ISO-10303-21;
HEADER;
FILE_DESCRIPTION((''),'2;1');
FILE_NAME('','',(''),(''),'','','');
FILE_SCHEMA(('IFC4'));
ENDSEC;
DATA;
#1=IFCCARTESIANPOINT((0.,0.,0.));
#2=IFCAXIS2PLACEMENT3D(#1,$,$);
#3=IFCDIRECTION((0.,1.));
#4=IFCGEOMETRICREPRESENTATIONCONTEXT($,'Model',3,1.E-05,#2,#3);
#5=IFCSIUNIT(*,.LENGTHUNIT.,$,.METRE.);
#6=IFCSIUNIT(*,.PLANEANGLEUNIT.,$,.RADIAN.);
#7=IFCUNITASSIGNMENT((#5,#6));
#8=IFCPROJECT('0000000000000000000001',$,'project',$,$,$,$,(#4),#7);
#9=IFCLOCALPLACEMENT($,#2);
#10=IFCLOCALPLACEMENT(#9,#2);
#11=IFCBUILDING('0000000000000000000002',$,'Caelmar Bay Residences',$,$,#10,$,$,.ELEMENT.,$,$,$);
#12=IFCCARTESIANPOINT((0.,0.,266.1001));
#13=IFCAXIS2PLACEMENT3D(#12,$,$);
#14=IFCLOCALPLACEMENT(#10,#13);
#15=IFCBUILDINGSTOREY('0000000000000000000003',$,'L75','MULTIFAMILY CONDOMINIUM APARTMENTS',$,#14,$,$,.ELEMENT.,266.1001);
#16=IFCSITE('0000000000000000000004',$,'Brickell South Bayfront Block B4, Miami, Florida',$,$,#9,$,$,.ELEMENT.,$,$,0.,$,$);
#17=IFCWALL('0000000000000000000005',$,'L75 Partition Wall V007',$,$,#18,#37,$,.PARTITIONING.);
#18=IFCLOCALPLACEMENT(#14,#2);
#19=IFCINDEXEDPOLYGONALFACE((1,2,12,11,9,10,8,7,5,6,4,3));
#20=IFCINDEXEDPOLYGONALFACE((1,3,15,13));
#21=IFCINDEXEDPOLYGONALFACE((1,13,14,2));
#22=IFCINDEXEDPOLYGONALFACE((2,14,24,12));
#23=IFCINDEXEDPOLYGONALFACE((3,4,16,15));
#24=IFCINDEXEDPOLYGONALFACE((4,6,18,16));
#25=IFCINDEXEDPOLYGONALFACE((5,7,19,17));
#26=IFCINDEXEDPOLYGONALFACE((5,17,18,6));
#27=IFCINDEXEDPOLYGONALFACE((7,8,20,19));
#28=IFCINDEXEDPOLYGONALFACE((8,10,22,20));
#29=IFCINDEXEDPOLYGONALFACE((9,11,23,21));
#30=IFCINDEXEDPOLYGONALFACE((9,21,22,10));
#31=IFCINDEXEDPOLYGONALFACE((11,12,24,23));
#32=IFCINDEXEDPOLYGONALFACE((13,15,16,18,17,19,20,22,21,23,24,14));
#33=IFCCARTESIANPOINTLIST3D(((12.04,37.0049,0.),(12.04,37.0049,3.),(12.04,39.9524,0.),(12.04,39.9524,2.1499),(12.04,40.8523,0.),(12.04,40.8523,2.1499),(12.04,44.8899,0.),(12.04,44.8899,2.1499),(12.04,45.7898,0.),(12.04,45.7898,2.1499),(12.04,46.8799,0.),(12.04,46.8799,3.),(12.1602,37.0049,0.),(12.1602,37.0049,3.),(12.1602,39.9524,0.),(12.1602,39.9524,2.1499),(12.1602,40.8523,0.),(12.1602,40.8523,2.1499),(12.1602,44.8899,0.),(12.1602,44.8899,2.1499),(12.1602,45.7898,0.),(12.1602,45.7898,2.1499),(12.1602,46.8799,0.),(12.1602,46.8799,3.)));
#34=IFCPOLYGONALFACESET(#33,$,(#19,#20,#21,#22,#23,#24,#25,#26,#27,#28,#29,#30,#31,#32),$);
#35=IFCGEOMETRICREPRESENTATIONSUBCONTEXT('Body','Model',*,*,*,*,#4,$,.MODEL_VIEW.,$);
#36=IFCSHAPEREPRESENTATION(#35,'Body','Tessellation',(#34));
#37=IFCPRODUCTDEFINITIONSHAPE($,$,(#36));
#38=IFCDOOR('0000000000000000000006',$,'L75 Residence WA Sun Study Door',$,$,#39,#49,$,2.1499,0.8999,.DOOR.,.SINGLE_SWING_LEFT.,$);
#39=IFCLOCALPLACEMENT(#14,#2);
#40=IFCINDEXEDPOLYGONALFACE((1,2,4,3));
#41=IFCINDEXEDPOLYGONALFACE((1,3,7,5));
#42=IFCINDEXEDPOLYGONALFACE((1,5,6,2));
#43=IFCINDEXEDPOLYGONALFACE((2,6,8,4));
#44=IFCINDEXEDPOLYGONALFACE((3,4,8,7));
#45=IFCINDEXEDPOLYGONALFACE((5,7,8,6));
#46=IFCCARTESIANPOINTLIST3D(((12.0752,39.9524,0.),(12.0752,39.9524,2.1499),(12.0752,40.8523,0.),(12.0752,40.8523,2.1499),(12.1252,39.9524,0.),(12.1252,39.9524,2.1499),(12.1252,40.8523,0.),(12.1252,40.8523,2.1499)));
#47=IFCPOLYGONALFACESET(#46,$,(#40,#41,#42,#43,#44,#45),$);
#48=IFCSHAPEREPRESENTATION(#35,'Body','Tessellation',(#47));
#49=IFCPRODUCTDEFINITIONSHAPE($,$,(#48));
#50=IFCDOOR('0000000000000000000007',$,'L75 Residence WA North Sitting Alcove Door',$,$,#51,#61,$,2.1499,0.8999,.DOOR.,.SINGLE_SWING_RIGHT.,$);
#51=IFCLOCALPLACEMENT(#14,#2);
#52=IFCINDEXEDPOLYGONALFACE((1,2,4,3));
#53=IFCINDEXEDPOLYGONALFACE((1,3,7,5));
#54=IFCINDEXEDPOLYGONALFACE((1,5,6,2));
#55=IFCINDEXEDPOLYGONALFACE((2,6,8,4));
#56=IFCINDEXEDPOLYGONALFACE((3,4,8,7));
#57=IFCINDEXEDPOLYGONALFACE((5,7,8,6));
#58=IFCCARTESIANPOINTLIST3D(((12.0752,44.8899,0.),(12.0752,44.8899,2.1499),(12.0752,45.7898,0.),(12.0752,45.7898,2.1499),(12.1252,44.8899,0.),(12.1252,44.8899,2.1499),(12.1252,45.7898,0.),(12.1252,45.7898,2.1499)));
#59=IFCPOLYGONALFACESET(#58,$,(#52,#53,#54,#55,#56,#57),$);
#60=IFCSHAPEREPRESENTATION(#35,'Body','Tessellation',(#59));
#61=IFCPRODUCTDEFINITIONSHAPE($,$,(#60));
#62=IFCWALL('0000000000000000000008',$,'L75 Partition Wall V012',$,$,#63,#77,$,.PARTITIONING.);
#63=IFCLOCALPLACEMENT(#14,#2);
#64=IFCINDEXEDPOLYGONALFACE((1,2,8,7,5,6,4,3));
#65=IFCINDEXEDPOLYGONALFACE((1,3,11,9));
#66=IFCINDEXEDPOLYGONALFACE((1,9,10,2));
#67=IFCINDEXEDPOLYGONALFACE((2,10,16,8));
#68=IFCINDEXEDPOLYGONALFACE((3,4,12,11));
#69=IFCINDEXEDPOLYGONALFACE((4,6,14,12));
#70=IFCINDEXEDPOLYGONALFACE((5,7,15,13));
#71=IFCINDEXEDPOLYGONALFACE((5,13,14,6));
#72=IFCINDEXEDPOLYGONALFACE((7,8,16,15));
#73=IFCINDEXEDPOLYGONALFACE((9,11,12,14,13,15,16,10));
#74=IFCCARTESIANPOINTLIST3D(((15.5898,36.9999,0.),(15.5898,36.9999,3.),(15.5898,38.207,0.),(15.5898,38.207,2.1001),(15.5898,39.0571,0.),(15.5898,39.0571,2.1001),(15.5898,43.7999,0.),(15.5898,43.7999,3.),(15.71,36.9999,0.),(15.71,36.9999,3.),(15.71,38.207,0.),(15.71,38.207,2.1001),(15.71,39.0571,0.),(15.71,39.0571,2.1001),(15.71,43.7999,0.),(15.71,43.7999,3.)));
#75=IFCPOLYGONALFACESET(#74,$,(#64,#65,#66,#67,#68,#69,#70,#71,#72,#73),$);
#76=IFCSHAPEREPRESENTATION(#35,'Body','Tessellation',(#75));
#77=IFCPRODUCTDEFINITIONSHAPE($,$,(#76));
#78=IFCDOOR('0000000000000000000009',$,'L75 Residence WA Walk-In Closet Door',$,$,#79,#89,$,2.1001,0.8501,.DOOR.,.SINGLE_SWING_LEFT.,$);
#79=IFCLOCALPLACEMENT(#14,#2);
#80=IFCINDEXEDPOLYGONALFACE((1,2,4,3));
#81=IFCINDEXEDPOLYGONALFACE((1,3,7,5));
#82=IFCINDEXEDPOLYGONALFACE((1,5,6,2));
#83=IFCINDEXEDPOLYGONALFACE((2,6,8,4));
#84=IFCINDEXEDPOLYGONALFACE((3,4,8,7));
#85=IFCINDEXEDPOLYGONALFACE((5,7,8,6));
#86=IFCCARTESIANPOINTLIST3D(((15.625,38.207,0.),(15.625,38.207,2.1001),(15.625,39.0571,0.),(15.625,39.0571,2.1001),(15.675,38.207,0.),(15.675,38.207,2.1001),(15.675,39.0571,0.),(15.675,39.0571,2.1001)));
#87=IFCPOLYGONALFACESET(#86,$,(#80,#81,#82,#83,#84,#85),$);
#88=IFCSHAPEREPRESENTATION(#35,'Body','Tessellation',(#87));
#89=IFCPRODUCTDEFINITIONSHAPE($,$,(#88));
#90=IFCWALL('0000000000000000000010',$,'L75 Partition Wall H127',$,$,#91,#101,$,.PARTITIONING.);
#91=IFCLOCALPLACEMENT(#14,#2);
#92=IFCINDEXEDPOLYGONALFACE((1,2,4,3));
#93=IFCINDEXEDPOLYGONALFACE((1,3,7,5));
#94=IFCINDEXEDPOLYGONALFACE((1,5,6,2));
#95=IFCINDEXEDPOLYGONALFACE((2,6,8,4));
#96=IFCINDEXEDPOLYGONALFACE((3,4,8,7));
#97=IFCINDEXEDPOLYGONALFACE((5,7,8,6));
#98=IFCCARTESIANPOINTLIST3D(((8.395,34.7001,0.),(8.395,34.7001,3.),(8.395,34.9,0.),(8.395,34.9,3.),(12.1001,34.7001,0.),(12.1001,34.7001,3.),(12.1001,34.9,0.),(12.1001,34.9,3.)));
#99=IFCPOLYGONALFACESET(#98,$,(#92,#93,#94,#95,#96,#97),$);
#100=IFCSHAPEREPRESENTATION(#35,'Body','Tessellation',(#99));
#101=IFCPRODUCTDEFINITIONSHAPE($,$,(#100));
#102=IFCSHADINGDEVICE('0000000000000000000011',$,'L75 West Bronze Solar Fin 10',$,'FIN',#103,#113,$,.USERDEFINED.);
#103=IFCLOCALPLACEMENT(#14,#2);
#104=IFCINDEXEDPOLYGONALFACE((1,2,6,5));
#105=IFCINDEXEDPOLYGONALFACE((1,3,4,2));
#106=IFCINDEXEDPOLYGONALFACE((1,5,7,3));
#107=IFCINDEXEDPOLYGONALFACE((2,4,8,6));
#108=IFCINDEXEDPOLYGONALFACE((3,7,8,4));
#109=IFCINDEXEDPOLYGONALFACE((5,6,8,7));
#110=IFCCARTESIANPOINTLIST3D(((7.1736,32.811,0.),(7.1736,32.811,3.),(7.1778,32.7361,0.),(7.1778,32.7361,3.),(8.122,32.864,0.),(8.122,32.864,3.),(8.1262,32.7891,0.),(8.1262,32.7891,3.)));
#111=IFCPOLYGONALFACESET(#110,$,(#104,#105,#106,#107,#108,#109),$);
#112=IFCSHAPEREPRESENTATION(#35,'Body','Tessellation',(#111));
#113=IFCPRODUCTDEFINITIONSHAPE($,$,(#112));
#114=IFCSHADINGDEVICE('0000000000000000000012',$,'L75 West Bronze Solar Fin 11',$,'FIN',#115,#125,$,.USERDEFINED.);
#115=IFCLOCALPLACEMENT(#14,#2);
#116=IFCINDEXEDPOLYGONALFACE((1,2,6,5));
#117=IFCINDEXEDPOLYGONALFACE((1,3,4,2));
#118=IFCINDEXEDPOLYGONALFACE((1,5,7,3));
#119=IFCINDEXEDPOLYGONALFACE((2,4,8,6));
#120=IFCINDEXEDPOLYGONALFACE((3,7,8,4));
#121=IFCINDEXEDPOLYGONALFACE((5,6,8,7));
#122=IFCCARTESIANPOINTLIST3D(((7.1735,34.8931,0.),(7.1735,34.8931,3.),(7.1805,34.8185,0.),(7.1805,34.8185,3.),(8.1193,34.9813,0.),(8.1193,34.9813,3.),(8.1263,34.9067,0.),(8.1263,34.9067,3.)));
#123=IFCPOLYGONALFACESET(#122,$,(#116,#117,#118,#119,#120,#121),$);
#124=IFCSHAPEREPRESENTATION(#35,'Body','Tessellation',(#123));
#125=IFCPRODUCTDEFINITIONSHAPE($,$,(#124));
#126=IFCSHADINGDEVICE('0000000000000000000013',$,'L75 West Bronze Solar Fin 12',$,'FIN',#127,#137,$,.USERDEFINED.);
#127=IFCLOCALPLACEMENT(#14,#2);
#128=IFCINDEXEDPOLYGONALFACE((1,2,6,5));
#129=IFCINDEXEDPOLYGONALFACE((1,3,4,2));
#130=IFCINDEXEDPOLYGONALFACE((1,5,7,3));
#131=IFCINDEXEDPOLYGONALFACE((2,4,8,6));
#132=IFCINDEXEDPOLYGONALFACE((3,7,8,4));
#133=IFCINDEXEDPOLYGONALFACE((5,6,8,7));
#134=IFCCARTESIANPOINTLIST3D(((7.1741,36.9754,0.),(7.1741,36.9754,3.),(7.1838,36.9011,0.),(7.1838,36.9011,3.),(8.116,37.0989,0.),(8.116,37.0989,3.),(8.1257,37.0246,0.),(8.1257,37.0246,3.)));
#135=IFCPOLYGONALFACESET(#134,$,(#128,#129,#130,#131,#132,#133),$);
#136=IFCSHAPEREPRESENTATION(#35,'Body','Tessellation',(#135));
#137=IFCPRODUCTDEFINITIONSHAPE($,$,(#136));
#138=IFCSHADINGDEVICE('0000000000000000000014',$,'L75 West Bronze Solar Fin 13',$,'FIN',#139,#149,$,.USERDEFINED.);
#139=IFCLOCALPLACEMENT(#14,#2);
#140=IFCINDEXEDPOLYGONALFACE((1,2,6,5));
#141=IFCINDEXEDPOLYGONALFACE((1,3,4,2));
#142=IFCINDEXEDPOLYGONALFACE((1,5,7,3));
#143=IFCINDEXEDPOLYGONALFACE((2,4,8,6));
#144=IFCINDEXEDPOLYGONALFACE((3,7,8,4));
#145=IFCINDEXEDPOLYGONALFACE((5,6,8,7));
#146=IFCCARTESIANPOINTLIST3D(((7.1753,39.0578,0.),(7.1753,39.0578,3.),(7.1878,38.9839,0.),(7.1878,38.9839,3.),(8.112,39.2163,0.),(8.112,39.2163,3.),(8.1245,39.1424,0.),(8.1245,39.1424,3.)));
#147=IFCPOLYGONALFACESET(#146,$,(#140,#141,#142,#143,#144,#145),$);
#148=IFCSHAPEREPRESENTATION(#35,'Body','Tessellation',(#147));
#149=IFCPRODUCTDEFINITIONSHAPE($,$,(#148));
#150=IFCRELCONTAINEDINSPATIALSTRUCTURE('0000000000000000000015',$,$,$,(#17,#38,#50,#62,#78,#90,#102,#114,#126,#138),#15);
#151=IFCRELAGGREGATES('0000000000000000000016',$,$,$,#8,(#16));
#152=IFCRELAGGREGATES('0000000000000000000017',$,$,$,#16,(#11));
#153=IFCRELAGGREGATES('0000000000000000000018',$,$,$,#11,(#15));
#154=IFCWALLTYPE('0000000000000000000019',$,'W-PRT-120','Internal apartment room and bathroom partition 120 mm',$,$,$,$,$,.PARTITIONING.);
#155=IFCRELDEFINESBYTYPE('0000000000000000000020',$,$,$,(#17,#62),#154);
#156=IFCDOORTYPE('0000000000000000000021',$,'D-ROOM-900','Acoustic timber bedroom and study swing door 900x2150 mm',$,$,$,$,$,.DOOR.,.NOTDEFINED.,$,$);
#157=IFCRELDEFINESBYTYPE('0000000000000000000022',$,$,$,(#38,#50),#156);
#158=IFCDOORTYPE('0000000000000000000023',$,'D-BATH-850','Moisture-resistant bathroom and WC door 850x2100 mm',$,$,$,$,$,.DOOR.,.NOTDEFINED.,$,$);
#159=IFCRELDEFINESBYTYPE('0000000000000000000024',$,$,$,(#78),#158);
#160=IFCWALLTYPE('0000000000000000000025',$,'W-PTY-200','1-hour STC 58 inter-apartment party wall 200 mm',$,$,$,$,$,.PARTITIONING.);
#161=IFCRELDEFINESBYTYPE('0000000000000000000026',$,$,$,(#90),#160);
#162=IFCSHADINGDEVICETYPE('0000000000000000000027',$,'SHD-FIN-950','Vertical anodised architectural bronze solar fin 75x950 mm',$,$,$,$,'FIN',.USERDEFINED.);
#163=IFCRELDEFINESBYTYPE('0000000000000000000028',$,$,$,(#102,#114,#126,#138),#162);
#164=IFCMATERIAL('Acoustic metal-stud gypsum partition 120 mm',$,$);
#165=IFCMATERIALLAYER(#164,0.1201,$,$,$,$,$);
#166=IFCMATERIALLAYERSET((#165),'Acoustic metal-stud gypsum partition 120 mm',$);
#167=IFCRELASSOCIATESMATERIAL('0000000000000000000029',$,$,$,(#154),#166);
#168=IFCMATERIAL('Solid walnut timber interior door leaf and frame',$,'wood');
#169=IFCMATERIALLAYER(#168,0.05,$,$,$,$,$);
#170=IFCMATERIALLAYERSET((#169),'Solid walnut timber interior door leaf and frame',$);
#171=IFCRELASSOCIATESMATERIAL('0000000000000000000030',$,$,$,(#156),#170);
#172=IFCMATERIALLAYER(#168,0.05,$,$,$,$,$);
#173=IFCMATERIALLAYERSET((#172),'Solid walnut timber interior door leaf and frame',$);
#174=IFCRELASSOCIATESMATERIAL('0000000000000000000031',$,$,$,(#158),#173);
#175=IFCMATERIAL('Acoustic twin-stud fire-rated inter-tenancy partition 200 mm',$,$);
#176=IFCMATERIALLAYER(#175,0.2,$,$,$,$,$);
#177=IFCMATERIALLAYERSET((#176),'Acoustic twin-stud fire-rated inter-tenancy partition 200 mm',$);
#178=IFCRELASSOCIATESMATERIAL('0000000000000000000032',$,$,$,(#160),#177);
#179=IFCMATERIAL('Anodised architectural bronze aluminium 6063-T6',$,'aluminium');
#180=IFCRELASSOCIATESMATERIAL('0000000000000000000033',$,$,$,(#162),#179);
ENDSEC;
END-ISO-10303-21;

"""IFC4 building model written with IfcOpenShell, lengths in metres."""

from ifc_helpers import new_model, si_unit, direction, frame, frame_2d, origin, origin_2d, place, context, subcontext, project, spatial, rectangle, extrude, material, layer, layer_set, material_profile, profile_set, type_object, element, fill, save


model = new_model("IFC4")

# Units and contexts
model_context = context("Model", 3, precision=1e-05, world=origin(), true_north=direction((0.0, 1.0)))
body_context = subcontext(model_context, "Body", "Model", "MODEL_VIEW")
ifc_project = project(units=[si_unit("LENGTHUNIT", "METRE"), si_unit("PLANEANGLEUNIT", "RADIAN")], contexts=[model_context])

# Site, building, storey
site_placement = place(None, origin())
site = spatial("IfcSite", under=ifc_project, at=site_placement, Name="Brickell South Bayfront Block B4, Miami, Florida", CompositionType="ELEMENT", RefElevation=0.0)
building_placement = place(site_placement, origin())
building = spatial("IfcBuilding", under=site, at=building_placement, Name="Caelmar Bay Residences", CompositionType="ELEMENT")
storey_placement = place(building_placement, frame((0.0, 0.0, 266.1001)))
storey = spatial("IfcBuildingStorey", under=building, at=storey_placement, Name="L75", Description="MULTIFAMILY CONDOMINIUM APARTMENTS", CompositionType="ELEMENT", Elevation=266.1001)

# Wall, openings, doors
ifc_material_1 = material(Name="Acoustic metal-stud gypsum partition 120 mm")
ifc_layer_1 = layer(ifc_material_1, 0.1201)
ifc_layer_set_1 = layer_set([ifc_layer_1], Name="Acoustic metal-stud gypsum partition 120 mm")
wall_type_1 = type_object("IfcWallType", Name="W-PRT-120", Description="Internal apartment room and bathroom partition 120 mm", PredefinedType="PARTITIONING", material=ifc_layer_set_1)
wall_1_placement = place(storey_placement, frame((12.1001, 37.0049, 0.0), z_axis=(0.0, 0.0, 1.0), x_axis=(0.0, 1.0, 0.0)))
wall_1 = element("IfcWall", 1, at=wall_1_placement, inside=storey, type_object=wall_type_1, Name="L75 Partition Wall V007", PredefinedType="PARTITIONING", context=body_context, shape_type="SweptSolid", body=[
    extrude(rectangle(XDim=9.875, YDim=0.1201, at=frame_2d((4.9375, 0.0))), origin(), (0.0, 0.0, 1.0), 3.0),
])
opening_1_placement = place(wall_1_placement, frame((2.9475, 0.0, 0.0)))
opening_1 = element("IfcOpeningElement", 2, at=opening_1_placement, cuts=wall_1, PredefinedType="OPENING", context=body_context, shape_type="SweptSolid", body=[
    extrude(rectangle(XDim=0.8999, YDim=2.1499, at=frame_2d((0.45, 1.075))), frame((0.0, 0.0701, 0.0), z_axis=(0.0, -1.0, 0.0), x_axis=(1.0, 0.0, 0.0)), (0.0, 0.0, 1.0), 0.1401),
])
opening_2_placement = place(wall_1_placement, frame((7.885, 0.0, 0.0)))
opening_2 = element("IfcOpeningElement", 3, at=opening_2_placement, cuts=wall_1, PredefinedType="OPENING", context=body_context, shape_type="SweptSolid", body=[
    extrude(rectangle(XDim=0.8999, YDim=2.1499, at=frame_2d((0.45, 1.075))), frame((0.0, 0.0701, 0.0), z_axis=(0.0, -1.0, 0.0), x_axis=(1.0, 0.0, 0.0)), (0.0, 0.0, 1.0), 0.1401),
])
ifc_material_2 = material(Name="Solid walnut timber interior door leaf and frame", Category="wood")
ifc_layer_2 = layer(ifc_material_2, 0.05)
ifc_layer_set_2 = layer_set([ifc_layer_2], Name="Solid walnut timber interior door leaf and frame")
door_type_1 = type_object("IfcDoorType", Name="D-ROOM-900", Description="Acoustic timber bedroom and study swing door 900x2150 mm", OperationType="NOTDEFINED", PredefinedType="DOOR", material=ifc_layer_set_2)
door_1_placement = place(opening_1_placement, origin())
door_1 = element("IfcDoor", 4, at=door_1_placement, inside=storey, type_object=door_type_1, Name="L75 Residence WA Sun Study Door", OperationType="SINGLE_SWING_LEFT", OverallHeight=2.1499, OverallWidth=0.8999, PredefinedType="DOOR", context=body_context, shape_type="SweptSolid", body=[
    extrude(rectangle(XDim=0.8999, YDim=2.1499, at=frame_2d((0.45, 1.075))), frame((0.0, 0.0249, 0.0), z_axis=(0.0, -1.0, 0.0), x_axis=(1.0, 0.0, 0.0)), (0.0, 0.0, 1.0), 0.05),
])
fill(opening_1, door_1)
door_2_placement = place(opening_2_placement, origin())
door_2 = element("IfcDoor", 5, at=door_2_placement, inside=storey, type_object=door_type_1, Name="L75 Residence WA North Sitting Alcove Door", OperationType="SINGLE_SWING_RIGHT", OverallHeight=2.1499, OverallWidth=0.8999, PredefinedType="DOOR", context=body_context, shape_type="SweptSolid", body=[
    extrude(rectangle(XDim=0.8999, YDim=2.1499, at=frame_2d((0.45, 1.075))), frame((0.0, 0.0249, 0.0), z_axis=(0.0, -1.0, 0.0), x_axis=(1.0, 0.0, 0.0)), (0.0, 0.0, 1.0), 0.05),
])
fill(opening_2, door_2)

# Wall, opening, door
wall_2_placement = place(storey_placement, frame((15.6499, 37.0, 0.0), z_axis=(0.0, 0.0, 1.0), x_axis=(0.0, 1.0, 0.0)))
wall_2 = element("IfcWall", 6, at=wall_2_placement, inside=storey, type_object=wall_type_1, Name="L75 Partition Wall V012", PredefinedType="PARTITIONING", context=body_context, shape_type="SweptSolid", body=[
    extrude(rectangle(XDim=6.8, YDim=0.1201, at=frame_2d((3.3999, 0.0))), origin(), (0.0, 0.0, 1.0), 3.0),
])
opening_3_placement = place(wall_2_placement, frame((1.207, 0.0, 0.0)))
opening_3 = element("IfcOpeningElement", 7, at=opening_3_placement, cuts=wall_2, PredefinedType="OPENING", context=body_context, shape_type="SweptSolid", body=[
    extrude(rectangle(XDim=0.8501, YDim=2.1001, at=frame_2d((0.425, 1.05))), frame((0.0, 0.0701, 0.0), z_axis=(0.0, -1.0, 0.0), x_axis=(1.0, 0.0, 0.0)), (0.0, 0.0, 1.0), 0.1401),
])
ifc_layer_3 = layer(ifc_material_2, 0.05)
ifc_layer_set_3 = layer_set([ifc_layer_3], Name="Solid walnut timber interior door leaf and frame")
door_type_2 = type_object("IfcDoorType", Name="D-BATH-850", Description="Moisture-resistant bathroom and WC door 850x2100 mm", OperationType="NOTDEFINED", PredefinedType="DOOR", material=ifc_layer_set_3)
door_3_placement = place(opening_3_placement, origin())
door_3 = element("IfcDoor", 8, at=door_3_placement, inside=storey, type_object=door_type_2, Name="L75 Residence WA Walk-In Closet Door", OperationType="SINGLE_SWING_LEFT", OverallHeight=2.1001, OverallWidth=0.8501, PredefinedType="DOOR", context=body_context, shape_type="SweptSolid", body=[
    extrude(rectangle(XDim=0.8501, YDim=2.1001, at=frame_2d((0.425, 1.05))), frame((0.0, 0.0249, 0.0), z_axis=(0.0, -1.0, 0.0), x_axis=(1.0, 0.0, 0.0)), (0.0, 0.0, 1.0), 0.05),
])
fill(opening_3, door_3)

# Wall
ifc_material_3 = material(Name="Acoustic twin-stud fire-rated inter-tenancy partition 200 mm")
ifc_layer_4 = layer(ifc_material_3, 0.2)
ifc_layer_set_4 = layer_set([ifc_layer_4], Name="Acoustic twin-stud fire-rated inter-tenancy partition 200 mm")
wall_type_2 = type_object("IfcWallType", Name="W-PTY-200", Description="1-hour STC 58 inter-apartment party wall 200 mm", PredefinedType="PARTITIONING", material=ifc_layer_set_4)
wall_3_placement = place(storey_placement, frame((8.395, 34.8, 0.0), z_axis=(0.0, 0.0, 1.0), x_axis=(1.0, 0.0, 0.0)))
element("IfcWall", 9, at=wall_3_placement, inside=storey, type_object=wall_type_2, Name="L75 Partition Wall H127", PredefinedType="PARTITIONING", context=body_context, shape_type="SweptSolid", body=[
    extrude(rectangle(XDim=3.7051, YDim=0.2, at=frame_2d((1.8525, 0.0))), origin(), (0.0, 0.0, 1.0), 3.0),
])

# Shading devices
ifc_material_4 = material(Name="Anodised architectural bronze aluminium 6063-T6", Category="aluminium")
ifc_material_profile = material_profile(ifc_material_4, rectangle(XDim=0.075, YDim=0.95, at=origin_2d()), Name="BRONZE-FIN-75X950")
ifc_profile_set = profile_set([ifc_material_profile], Name="Anodised architectural bronze aluminium 6063-T6")
shading_device_type = type_object("IfcShadingDeviceType", Name="SHD-FIN-950", Description="Vertical anodised architectural bronze solar fin 75x950 mm", ElementType="FIN", PredefinedType="USERDEFINED", material=ifc_profile_set)
for number, where, z_axis, x_axis, name in (
    (10, (7.6499, 32.8, 0.0), (0.0, 0.0, 1.0), (-0.055822, 0.998441, 0.0), "L75 West Bronze Solar Fin 10"),
    (11, (7.6499, 34.8999, 0.0), (0.0, 0.0, 1.0), (-0.092892, 0.995676, 0.0), "L75 West Bronze Solar Fin 11"),
    (12, (7.6499, 37.0, 0.0), (0.0, 0.0, 1.0), (-0.130007, 0.991513, 0.0), "L75 West Bronze Solar Fin 12"),
    (13, (7.6499, 39.1001, 0.0), (0.0, 0.0, 1.0), (-0.166769, 0.985996, 0.0), "L75 West Bronze Solar Fin 13"),
):
    element("IfcShadingDevice", number, at=place(storey_placement, frame(where, z_axis=z_axis, x_axis=x_axis)), inside=storey, type_object=shading_device_type, Name=name, ObjectType="FIN", PredefinedType="USERDEFINED", context=body_context, shape_type="SweptSolid", body=[
        extrude(rectangle(XDim=0.075, YDim=0.95, at=origin_2d()), origin(), (0.0, 0.0, 1.0), 3.0),
    ])

save(model, "model.ifc")
